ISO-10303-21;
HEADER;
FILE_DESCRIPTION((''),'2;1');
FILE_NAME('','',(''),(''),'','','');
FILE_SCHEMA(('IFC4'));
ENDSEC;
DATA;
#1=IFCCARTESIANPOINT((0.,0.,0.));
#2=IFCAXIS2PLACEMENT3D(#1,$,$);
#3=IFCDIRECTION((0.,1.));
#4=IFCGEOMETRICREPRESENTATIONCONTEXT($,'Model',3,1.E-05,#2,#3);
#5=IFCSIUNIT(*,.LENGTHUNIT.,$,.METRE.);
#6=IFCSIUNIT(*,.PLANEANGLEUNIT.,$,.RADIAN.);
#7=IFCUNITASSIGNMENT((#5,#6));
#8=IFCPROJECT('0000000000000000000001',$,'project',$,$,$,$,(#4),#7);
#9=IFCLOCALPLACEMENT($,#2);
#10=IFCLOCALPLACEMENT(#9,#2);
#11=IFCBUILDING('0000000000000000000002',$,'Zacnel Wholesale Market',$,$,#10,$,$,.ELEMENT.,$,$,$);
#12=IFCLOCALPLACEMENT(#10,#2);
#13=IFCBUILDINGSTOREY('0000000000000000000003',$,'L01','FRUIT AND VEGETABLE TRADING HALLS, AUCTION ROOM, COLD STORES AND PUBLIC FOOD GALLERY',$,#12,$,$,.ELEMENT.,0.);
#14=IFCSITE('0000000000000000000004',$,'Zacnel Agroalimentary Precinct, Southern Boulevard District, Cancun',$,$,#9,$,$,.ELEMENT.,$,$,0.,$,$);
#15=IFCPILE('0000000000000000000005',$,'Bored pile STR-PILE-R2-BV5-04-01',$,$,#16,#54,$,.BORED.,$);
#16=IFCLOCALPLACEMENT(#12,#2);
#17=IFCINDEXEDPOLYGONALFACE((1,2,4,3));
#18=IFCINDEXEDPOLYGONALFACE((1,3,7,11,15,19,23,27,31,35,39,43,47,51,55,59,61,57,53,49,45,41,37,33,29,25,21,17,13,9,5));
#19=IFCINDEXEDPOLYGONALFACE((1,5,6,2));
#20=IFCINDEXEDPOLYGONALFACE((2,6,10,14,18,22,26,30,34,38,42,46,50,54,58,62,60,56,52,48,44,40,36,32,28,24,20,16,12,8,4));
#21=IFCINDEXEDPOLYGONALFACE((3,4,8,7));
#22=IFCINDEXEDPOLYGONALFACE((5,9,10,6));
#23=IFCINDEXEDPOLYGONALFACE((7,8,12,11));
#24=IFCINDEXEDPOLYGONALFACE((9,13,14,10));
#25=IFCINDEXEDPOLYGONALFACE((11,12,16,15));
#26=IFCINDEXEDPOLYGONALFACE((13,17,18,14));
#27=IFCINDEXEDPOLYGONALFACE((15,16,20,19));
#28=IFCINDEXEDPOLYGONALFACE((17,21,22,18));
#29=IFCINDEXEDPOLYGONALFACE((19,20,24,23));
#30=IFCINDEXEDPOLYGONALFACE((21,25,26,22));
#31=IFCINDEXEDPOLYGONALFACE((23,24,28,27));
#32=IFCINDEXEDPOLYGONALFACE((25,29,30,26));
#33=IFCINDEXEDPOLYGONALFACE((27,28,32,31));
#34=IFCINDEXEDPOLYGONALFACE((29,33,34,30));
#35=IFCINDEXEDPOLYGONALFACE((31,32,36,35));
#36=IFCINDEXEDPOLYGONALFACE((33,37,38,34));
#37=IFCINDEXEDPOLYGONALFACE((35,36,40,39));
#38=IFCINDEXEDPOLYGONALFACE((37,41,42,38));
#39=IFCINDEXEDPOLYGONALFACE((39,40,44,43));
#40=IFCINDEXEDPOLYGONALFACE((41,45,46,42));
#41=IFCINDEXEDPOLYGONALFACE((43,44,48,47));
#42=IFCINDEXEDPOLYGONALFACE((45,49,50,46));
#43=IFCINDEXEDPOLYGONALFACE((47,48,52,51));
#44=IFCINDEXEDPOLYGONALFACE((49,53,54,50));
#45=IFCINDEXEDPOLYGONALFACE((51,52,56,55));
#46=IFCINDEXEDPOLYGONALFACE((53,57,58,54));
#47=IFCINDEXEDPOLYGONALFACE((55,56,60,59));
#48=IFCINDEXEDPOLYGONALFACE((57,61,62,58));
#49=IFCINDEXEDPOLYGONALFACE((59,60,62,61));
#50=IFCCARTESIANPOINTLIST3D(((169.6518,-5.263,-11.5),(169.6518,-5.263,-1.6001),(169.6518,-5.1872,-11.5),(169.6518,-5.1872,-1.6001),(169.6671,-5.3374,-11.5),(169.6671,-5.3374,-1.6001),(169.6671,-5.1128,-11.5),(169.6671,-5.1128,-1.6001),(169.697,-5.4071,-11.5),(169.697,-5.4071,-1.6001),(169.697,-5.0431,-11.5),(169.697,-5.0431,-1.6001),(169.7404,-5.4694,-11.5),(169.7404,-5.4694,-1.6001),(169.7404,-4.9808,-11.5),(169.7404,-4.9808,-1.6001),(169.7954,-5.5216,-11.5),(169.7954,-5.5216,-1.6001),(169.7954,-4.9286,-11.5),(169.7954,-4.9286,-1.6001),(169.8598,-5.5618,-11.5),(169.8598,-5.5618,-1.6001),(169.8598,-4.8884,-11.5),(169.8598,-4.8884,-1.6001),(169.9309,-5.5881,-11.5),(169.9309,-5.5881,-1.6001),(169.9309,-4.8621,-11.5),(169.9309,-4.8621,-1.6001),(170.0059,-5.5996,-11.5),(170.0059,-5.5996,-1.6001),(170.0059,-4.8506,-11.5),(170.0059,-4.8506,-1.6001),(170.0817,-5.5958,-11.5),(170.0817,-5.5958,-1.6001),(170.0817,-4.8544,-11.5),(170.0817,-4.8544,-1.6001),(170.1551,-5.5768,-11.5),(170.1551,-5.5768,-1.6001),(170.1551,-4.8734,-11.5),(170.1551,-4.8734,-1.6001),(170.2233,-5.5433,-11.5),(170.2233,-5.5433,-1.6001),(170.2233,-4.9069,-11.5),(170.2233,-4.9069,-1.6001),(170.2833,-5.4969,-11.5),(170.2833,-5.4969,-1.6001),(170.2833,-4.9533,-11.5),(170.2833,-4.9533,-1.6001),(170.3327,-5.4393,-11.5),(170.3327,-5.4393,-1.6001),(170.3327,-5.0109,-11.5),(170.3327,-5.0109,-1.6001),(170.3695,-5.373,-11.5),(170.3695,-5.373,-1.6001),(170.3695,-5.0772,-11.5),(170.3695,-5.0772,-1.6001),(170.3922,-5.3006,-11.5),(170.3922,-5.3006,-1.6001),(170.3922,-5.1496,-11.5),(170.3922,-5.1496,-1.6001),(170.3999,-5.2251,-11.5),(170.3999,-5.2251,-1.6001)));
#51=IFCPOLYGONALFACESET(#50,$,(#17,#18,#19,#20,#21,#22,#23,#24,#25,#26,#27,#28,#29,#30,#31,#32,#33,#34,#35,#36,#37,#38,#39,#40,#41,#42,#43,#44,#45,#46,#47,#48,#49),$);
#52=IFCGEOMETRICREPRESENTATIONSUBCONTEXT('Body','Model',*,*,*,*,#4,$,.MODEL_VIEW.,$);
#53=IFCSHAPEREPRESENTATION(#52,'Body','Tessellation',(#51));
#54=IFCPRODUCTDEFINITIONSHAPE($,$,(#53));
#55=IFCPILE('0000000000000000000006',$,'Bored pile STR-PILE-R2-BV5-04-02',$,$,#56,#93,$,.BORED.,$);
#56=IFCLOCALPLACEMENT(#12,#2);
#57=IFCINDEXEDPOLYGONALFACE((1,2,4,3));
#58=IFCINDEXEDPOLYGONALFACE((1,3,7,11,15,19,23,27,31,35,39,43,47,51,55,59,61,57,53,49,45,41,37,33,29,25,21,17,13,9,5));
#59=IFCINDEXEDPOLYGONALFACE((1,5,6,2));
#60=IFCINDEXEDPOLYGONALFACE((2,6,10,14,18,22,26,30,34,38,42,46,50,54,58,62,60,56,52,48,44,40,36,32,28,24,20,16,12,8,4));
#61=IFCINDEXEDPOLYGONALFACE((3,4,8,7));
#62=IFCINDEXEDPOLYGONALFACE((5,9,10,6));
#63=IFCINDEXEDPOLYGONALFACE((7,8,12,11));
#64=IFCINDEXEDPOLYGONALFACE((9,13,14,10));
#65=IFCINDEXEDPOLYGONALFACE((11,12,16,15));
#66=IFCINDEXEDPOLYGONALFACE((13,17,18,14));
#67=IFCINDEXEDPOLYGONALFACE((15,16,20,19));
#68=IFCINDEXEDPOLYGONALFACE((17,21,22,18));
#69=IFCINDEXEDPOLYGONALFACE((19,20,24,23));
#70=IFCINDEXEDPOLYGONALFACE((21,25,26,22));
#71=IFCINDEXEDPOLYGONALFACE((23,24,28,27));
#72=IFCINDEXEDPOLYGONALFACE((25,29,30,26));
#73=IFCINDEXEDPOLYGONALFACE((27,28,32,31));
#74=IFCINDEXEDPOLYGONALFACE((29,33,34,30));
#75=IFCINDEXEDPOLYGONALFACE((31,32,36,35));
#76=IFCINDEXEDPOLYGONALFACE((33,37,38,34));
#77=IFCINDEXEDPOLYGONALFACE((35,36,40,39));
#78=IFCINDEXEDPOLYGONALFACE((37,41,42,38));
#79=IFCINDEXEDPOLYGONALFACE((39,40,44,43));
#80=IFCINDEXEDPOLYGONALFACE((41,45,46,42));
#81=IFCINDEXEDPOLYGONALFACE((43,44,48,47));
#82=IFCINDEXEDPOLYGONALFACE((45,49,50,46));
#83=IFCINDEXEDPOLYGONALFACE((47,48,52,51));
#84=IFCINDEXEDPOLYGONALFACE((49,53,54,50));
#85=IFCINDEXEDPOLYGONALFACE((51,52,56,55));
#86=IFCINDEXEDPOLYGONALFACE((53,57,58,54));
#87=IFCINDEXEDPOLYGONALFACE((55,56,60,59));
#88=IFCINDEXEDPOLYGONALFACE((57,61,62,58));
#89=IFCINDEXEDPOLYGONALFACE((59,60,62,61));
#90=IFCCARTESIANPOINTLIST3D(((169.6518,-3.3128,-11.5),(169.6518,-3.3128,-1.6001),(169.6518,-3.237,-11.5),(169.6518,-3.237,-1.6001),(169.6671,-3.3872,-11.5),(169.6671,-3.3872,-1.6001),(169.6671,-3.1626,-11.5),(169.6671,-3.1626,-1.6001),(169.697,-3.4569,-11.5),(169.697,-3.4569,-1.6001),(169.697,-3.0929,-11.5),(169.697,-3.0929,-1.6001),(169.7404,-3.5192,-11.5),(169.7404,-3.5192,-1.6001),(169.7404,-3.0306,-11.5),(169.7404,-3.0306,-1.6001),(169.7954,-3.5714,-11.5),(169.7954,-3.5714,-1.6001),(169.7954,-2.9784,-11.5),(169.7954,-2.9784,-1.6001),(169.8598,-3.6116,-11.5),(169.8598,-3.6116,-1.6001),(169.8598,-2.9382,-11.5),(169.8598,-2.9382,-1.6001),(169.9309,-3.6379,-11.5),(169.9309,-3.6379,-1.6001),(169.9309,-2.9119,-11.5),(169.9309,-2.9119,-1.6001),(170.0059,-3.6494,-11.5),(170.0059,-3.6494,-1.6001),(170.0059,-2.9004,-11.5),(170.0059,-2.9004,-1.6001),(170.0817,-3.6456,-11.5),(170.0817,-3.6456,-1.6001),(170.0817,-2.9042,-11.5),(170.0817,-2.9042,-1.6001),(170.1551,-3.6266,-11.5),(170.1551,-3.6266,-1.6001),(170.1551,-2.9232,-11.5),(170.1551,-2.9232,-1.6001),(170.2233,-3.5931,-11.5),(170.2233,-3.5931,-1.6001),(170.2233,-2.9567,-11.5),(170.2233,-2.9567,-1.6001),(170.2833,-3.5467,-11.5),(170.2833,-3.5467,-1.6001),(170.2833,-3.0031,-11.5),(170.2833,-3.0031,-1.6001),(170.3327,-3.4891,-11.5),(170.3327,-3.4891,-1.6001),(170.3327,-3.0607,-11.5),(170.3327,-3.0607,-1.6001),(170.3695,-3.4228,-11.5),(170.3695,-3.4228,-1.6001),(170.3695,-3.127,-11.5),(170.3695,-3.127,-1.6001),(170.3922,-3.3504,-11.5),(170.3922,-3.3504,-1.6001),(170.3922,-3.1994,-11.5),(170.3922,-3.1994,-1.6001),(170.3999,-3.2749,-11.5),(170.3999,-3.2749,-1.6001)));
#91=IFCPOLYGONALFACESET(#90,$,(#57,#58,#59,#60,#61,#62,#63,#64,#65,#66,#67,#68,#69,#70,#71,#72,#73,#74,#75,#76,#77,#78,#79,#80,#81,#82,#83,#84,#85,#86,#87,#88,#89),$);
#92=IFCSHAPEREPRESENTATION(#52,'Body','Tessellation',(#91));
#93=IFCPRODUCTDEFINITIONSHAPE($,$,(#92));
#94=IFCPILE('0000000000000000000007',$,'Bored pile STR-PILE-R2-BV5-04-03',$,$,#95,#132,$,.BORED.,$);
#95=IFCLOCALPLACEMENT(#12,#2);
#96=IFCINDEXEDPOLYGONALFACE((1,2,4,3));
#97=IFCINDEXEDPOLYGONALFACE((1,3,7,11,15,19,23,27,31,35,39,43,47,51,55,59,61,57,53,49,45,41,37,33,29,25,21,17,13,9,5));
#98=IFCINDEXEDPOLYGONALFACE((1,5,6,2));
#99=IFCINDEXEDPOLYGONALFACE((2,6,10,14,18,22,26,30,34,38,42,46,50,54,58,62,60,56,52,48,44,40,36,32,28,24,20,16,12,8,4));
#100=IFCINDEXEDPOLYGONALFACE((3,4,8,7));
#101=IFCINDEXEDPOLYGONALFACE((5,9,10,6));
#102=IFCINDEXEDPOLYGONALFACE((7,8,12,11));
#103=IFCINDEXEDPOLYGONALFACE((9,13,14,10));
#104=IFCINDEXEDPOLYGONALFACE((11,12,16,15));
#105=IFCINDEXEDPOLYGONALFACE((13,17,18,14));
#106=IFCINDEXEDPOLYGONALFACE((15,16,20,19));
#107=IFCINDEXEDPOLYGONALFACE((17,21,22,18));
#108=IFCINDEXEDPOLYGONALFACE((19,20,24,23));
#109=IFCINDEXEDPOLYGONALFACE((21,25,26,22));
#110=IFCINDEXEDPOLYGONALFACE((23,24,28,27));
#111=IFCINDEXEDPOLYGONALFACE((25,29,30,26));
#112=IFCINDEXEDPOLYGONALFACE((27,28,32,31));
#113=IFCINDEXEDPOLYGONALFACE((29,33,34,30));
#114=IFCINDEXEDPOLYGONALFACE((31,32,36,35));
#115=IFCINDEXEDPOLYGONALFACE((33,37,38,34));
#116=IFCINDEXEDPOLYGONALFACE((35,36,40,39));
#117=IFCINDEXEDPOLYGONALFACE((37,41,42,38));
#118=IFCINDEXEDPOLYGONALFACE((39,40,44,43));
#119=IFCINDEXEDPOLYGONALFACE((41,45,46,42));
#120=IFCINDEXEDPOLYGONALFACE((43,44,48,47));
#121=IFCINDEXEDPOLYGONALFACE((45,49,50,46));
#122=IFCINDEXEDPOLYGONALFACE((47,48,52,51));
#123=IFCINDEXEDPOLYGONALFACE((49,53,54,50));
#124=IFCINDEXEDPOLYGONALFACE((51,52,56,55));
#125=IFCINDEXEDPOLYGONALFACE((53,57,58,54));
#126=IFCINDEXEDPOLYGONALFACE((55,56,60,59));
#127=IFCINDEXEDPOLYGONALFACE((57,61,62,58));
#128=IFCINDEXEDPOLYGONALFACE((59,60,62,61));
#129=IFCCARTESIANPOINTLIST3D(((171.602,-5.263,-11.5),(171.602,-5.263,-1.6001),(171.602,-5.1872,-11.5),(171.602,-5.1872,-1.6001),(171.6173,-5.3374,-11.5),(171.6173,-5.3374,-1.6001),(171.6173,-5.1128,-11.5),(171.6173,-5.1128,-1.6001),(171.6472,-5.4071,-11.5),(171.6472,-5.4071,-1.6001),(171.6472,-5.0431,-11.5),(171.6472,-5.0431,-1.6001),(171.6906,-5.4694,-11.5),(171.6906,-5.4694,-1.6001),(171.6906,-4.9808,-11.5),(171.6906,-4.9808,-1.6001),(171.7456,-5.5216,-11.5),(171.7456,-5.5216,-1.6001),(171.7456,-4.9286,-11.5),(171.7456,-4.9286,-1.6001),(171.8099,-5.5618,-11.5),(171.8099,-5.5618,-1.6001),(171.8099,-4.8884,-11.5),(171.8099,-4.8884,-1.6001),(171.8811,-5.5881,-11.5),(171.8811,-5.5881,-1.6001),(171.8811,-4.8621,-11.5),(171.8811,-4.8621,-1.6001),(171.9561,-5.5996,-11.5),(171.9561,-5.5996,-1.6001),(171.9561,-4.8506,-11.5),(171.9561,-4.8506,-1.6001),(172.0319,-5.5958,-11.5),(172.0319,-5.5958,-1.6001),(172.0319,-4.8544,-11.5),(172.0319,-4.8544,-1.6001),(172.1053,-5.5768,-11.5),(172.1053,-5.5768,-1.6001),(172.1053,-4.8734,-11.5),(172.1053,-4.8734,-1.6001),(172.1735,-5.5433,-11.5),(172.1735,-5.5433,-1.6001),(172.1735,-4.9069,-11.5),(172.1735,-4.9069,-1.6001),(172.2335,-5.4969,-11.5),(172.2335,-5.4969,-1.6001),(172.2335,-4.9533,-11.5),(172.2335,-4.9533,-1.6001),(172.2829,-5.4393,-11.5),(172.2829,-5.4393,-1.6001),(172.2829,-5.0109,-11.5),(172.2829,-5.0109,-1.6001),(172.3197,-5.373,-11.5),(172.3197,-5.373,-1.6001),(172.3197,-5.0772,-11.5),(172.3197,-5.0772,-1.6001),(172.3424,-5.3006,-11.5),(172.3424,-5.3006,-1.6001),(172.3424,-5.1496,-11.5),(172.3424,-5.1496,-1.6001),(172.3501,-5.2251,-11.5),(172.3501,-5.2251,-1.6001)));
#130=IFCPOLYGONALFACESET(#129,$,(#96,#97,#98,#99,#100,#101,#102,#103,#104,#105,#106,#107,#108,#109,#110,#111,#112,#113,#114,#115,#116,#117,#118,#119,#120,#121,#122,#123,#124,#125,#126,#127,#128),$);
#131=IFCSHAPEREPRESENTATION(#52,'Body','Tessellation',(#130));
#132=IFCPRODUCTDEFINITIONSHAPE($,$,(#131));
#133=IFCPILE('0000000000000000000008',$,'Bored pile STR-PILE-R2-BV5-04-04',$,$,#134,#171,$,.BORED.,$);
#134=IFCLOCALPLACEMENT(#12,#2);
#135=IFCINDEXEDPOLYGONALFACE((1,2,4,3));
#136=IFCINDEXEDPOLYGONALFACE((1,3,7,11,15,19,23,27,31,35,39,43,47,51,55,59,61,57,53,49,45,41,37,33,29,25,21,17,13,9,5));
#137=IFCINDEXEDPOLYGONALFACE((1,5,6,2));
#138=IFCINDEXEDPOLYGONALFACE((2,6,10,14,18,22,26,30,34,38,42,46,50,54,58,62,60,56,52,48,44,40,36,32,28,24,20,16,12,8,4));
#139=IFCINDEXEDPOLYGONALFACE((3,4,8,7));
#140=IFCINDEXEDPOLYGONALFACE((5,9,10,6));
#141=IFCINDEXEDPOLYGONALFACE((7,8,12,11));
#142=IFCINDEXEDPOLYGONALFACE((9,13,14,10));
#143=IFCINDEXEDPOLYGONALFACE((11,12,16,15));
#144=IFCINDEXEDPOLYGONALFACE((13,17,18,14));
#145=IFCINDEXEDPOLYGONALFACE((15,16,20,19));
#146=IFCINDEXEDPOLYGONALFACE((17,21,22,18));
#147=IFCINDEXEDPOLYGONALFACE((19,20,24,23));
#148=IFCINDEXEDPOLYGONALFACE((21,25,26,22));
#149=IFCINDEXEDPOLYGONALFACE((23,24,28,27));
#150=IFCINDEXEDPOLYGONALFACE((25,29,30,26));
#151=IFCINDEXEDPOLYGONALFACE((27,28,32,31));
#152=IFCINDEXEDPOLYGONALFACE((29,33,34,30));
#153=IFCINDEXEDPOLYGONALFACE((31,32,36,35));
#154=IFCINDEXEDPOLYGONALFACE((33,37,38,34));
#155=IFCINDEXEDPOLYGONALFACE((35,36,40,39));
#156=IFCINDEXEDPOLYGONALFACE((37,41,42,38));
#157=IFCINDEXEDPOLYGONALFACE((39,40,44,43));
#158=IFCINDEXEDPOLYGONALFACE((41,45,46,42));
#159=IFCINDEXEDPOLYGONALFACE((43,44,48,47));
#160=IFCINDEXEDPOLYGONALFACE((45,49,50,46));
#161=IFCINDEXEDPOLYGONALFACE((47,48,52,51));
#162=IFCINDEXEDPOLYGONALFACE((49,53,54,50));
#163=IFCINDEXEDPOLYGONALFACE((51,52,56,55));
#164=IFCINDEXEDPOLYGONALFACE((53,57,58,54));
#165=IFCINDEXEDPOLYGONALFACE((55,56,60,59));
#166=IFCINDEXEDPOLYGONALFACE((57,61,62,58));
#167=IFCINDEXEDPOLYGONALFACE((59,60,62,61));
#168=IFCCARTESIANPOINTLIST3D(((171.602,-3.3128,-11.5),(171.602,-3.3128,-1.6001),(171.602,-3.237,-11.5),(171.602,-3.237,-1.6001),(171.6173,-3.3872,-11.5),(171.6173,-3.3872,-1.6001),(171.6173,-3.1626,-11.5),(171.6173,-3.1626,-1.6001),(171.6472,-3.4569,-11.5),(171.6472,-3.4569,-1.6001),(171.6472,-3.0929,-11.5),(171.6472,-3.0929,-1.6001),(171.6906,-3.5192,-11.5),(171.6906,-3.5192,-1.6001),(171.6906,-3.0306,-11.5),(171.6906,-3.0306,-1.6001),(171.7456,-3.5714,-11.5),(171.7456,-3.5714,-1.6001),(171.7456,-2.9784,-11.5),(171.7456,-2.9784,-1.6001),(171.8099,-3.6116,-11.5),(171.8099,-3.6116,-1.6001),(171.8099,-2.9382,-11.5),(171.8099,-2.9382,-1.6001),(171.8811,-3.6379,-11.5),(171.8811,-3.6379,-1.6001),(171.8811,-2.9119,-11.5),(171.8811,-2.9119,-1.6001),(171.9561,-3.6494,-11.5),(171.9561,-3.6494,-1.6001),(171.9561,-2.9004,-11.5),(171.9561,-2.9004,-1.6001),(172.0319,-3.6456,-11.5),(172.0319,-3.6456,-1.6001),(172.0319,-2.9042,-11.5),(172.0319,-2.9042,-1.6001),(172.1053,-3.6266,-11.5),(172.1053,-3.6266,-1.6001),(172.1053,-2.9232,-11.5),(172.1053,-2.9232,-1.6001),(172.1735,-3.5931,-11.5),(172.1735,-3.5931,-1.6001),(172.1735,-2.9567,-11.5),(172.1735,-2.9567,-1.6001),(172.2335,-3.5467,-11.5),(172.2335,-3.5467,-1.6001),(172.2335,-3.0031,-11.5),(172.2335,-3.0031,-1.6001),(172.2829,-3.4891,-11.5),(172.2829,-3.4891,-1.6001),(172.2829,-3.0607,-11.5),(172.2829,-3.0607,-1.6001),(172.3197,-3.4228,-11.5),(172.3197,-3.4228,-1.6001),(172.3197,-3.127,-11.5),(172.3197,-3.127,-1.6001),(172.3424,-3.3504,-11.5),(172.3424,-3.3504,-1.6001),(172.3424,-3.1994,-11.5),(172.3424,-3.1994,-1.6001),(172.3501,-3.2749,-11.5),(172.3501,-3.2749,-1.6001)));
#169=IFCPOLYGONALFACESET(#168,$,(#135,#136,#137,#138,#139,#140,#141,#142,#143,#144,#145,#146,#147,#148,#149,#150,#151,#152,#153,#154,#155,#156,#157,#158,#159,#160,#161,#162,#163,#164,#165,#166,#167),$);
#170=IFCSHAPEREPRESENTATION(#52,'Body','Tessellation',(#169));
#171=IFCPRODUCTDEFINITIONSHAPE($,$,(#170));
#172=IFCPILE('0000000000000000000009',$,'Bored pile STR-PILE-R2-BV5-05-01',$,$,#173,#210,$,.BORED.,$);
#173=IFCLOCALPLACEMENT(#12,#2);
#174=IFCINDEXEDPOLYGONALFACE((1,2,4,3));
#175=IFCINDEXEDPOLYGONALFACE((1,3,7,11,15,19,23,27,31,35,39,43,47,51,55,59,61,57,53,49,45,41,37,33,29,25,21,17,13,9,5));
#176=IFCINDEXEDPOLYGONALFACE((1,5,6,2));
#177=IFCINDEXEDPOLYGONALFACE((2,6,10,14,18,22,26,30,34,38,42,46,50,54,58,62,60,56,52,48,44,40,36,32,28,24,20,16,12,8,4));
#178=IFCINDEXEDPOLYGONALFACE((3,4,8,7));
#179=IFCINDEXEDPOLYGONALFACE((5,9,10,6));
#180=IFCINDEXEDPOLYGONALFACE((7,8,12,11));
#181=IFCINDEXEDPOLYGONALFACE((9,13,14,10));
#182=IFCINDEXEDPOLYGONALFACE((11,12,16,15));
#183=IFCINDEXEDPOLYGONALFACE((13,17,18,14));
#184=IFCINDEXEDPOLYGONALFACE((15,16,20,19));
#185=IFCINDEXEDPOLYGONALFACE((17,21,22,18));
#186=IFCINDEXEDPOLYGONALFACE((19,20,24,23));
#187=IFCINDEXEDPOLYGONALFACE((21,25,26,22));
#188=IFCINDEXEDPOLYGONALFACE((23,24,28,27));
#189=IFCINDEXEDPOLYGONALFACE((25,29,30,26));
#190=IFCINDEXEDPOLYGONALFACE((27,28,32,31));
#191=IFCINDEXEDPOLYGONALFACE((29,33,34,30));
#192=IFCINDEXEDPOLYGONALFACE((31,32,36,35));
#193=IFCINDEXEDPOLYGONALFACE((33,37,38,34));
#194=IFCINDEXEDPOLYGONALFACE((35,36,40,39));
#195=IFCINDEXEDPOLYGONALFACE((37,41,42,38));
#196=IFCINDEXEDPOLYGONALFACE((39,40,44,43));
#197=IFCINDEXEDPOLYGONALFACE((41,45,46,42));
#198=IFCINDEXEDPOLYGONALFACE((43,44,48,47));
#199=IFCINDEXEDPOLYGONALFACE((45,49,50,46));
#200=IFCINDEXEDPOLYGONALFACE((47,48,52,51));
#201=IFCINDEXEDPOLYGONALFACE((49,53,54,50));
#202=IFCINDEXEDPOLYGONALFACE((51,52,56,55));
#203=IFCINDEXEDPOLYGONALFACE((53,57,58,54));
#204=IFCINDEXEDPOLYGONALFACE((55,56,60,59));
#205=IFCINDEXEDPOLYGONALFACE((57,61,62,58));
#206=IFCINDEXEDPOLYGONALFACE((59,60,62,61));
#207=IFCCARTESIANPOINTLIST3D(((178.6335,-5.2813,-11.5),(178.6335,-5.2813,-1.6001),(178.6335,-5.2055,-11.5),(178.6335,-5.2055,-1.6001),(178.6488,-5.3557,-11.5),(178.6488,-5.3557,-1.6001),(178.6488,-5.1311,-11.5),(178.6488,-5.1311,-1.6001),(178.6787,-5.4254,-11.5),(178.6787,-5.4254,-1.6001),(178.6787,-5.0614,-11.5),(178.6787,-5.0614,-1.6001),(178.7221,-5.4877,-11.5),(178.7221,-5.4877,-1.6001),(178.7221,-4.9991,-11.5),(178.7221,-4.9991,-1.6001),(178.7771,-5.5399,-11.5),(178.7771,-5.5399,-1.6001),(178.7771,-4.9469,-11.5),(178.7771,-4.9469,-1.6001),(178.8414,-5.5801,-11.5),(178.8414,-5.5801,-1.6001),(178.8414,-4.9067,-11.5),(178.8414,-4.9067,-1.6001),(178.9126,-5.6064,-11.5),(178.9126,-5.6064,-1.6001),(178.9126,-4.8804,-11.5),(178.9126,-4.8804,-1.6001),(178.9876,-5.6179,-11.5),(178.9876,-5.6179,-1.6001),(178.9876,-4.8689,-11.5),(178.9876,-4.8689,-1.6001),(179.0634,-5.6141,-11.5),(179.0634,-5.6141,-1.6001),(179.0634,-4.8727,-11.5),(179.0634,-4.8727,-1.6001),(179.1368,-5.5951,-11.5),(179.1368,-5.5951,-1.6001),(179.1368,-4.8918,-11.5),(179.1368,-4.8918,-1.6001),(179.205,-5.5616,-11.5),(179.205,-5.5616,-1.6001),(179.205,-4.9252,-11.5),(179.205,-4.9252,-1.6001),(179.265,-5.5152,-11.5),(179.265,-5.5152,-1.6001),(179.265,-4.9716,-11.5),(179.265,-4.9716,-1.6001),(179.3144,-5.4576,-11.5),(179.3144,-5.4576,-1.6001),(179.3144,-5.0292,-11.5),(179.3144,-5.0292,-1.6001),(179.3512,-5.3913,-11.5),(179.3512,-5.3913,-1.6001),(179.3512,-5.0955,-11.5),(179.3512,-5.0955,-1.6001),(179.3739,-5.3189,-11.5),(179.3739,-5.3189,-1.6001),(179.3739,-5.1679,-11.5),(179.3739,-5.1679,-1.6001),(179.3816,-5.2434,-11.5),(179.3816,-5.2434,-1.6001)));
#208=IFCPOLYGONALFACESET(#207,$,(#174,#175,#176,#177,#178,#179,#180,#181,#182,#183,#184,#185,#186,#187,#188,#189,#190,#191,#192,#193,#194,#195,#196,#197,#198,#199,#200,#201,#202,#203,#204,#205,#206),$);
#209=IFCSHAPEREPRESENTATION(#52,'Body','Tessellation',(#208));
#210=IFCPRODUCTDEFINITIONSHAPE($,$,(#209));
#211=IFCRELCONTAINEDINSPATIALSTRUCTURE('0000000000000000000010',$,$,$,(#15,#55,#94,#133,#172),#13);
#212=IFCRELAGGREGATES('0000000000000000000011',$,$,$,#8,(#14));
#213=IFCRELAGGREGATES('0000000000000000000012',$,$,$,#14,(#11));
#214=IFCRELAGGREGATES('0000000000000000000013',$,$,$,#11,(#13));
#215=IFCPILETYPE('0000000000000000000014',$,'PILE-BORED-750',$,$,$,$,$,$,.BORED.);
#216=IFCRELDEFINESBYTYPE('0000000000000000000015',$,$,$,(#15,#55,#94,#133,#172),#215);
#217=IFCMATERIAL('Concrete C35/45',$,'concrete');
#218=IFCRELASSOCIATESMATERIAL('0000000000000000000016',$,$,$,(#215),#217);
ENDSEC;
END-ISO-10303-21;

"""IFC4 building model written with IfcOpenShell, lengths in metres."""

from ifc_helpers import new_model, si_unit, direction, frame, origin, origin_2d, place, context, subcontext, project, spatial, circle, extrude, material, material_profile, profile_set, type_object, element, save


model = new_model("IFC4")

# Units and contexts
model_context = context("Model", 3, precision=1e-05, world=origin(), true_north=direction((0.0, 1.0)))
body_context = subcontext(model_context, "Body", "Model", "MODEL_VIEW")
ifc_project = project(units=[si_unit("LENGTHUNIT", "METRE"), si_unit("PLANEANGLEUNIT", "RADIAN")], contexts=[model_context])

# Site, building, storey
site_placement = place(None, origin())
site = spatial("IfcSite", under=ifc_project, at=site_placement, Name="Zacnel Agroalimentary Precinct, Southern Boulevard District, Cancun", CompositionType="ELEMENT", RefElevation=0.0)
building_placement = place(site_placement, origin())
building = spatial("IfcBuilding", under=site, at=building_placement, Name="Zacnel Wholesale Market", CompositionType="ELEMENT")
storey_placement = place(building_placement, origin())
storey = spatial("IfcBuildingStorey", under=building, at=storey_placement, Name="L01", Description="FRUIT AND VEGETABLE TRADING HALLS, AUCTION ROOM, COLD STORES AND PUBLIC FOOD GALLERY", CompositionType="ELEMENT", Elevation=0.0)

# Piles
ifc_material_1 = material(Name="Concrete C35/45", Category="concrete")
ifc_material_profile_1 = material_profile(ifc_material_1, circle(Radius=0.375, at=origin_2d()), Name="BORED PILE D750")
ifc_profile_set_1 = profile_set([ifc_material_profile_1], Name="Concrete C35/45")
pile_type_1 = type_object("IfcPileType", Name="PILE-BORED-750", PredefinedType="BORED", material=ifc_profile_set_1)
for number, where, z_axis, x_axis, name in (
    (1, (170.0249, -5.2251, -1.6001), (0.0, 0.0, -1.0), (1.0, 0.0, 0.0), "Bored pile STR-PILE-R2-BV5-04-01"),
    (2, (170.0249, -3.2749, -1.6001), (0.0, 0.0, -1.0), (1.0, 0.0, 0.0), "Bored pile STR-PILE-R2-BV5-04-02"),
    (3, (171.9751, -5.2251, -1.6001), (0.0, 0.0, -1.0), (1.0, 0.0, 0.0), "Bored pile STR-PILE-R2-BV5-04-03"),
    (4, (171.9751, -3.2749, -1.6001), (0.0, 0.0, -1.0), (1.0, 0.0, 0.0), "Bored pile STR-PILE-R2-BV5-04-04"),
    (5, (179.0066, -5.2434, -1.6001), (0.0, 0.0, -1.0), (1.0, 0.0, 0.0), "Bored pile STR-PILE-R2-BV5-05-01"),
):
    element("IfcPile", number, at=place(storey_placement, frame(where, z_axis=z_axis, x_axis=x_axis)), inside=storey, type_object=pile_type_1, Name=name, PredefinedType="BORED", context=body_context, shape_type="SweptSolid", body=[
        extrude(circle(Radius=0.375, at=origin_2d()), origin(), (0.0, 0.0, 1.0), 9.8999),
    ])

save(model, "model.ifc")
